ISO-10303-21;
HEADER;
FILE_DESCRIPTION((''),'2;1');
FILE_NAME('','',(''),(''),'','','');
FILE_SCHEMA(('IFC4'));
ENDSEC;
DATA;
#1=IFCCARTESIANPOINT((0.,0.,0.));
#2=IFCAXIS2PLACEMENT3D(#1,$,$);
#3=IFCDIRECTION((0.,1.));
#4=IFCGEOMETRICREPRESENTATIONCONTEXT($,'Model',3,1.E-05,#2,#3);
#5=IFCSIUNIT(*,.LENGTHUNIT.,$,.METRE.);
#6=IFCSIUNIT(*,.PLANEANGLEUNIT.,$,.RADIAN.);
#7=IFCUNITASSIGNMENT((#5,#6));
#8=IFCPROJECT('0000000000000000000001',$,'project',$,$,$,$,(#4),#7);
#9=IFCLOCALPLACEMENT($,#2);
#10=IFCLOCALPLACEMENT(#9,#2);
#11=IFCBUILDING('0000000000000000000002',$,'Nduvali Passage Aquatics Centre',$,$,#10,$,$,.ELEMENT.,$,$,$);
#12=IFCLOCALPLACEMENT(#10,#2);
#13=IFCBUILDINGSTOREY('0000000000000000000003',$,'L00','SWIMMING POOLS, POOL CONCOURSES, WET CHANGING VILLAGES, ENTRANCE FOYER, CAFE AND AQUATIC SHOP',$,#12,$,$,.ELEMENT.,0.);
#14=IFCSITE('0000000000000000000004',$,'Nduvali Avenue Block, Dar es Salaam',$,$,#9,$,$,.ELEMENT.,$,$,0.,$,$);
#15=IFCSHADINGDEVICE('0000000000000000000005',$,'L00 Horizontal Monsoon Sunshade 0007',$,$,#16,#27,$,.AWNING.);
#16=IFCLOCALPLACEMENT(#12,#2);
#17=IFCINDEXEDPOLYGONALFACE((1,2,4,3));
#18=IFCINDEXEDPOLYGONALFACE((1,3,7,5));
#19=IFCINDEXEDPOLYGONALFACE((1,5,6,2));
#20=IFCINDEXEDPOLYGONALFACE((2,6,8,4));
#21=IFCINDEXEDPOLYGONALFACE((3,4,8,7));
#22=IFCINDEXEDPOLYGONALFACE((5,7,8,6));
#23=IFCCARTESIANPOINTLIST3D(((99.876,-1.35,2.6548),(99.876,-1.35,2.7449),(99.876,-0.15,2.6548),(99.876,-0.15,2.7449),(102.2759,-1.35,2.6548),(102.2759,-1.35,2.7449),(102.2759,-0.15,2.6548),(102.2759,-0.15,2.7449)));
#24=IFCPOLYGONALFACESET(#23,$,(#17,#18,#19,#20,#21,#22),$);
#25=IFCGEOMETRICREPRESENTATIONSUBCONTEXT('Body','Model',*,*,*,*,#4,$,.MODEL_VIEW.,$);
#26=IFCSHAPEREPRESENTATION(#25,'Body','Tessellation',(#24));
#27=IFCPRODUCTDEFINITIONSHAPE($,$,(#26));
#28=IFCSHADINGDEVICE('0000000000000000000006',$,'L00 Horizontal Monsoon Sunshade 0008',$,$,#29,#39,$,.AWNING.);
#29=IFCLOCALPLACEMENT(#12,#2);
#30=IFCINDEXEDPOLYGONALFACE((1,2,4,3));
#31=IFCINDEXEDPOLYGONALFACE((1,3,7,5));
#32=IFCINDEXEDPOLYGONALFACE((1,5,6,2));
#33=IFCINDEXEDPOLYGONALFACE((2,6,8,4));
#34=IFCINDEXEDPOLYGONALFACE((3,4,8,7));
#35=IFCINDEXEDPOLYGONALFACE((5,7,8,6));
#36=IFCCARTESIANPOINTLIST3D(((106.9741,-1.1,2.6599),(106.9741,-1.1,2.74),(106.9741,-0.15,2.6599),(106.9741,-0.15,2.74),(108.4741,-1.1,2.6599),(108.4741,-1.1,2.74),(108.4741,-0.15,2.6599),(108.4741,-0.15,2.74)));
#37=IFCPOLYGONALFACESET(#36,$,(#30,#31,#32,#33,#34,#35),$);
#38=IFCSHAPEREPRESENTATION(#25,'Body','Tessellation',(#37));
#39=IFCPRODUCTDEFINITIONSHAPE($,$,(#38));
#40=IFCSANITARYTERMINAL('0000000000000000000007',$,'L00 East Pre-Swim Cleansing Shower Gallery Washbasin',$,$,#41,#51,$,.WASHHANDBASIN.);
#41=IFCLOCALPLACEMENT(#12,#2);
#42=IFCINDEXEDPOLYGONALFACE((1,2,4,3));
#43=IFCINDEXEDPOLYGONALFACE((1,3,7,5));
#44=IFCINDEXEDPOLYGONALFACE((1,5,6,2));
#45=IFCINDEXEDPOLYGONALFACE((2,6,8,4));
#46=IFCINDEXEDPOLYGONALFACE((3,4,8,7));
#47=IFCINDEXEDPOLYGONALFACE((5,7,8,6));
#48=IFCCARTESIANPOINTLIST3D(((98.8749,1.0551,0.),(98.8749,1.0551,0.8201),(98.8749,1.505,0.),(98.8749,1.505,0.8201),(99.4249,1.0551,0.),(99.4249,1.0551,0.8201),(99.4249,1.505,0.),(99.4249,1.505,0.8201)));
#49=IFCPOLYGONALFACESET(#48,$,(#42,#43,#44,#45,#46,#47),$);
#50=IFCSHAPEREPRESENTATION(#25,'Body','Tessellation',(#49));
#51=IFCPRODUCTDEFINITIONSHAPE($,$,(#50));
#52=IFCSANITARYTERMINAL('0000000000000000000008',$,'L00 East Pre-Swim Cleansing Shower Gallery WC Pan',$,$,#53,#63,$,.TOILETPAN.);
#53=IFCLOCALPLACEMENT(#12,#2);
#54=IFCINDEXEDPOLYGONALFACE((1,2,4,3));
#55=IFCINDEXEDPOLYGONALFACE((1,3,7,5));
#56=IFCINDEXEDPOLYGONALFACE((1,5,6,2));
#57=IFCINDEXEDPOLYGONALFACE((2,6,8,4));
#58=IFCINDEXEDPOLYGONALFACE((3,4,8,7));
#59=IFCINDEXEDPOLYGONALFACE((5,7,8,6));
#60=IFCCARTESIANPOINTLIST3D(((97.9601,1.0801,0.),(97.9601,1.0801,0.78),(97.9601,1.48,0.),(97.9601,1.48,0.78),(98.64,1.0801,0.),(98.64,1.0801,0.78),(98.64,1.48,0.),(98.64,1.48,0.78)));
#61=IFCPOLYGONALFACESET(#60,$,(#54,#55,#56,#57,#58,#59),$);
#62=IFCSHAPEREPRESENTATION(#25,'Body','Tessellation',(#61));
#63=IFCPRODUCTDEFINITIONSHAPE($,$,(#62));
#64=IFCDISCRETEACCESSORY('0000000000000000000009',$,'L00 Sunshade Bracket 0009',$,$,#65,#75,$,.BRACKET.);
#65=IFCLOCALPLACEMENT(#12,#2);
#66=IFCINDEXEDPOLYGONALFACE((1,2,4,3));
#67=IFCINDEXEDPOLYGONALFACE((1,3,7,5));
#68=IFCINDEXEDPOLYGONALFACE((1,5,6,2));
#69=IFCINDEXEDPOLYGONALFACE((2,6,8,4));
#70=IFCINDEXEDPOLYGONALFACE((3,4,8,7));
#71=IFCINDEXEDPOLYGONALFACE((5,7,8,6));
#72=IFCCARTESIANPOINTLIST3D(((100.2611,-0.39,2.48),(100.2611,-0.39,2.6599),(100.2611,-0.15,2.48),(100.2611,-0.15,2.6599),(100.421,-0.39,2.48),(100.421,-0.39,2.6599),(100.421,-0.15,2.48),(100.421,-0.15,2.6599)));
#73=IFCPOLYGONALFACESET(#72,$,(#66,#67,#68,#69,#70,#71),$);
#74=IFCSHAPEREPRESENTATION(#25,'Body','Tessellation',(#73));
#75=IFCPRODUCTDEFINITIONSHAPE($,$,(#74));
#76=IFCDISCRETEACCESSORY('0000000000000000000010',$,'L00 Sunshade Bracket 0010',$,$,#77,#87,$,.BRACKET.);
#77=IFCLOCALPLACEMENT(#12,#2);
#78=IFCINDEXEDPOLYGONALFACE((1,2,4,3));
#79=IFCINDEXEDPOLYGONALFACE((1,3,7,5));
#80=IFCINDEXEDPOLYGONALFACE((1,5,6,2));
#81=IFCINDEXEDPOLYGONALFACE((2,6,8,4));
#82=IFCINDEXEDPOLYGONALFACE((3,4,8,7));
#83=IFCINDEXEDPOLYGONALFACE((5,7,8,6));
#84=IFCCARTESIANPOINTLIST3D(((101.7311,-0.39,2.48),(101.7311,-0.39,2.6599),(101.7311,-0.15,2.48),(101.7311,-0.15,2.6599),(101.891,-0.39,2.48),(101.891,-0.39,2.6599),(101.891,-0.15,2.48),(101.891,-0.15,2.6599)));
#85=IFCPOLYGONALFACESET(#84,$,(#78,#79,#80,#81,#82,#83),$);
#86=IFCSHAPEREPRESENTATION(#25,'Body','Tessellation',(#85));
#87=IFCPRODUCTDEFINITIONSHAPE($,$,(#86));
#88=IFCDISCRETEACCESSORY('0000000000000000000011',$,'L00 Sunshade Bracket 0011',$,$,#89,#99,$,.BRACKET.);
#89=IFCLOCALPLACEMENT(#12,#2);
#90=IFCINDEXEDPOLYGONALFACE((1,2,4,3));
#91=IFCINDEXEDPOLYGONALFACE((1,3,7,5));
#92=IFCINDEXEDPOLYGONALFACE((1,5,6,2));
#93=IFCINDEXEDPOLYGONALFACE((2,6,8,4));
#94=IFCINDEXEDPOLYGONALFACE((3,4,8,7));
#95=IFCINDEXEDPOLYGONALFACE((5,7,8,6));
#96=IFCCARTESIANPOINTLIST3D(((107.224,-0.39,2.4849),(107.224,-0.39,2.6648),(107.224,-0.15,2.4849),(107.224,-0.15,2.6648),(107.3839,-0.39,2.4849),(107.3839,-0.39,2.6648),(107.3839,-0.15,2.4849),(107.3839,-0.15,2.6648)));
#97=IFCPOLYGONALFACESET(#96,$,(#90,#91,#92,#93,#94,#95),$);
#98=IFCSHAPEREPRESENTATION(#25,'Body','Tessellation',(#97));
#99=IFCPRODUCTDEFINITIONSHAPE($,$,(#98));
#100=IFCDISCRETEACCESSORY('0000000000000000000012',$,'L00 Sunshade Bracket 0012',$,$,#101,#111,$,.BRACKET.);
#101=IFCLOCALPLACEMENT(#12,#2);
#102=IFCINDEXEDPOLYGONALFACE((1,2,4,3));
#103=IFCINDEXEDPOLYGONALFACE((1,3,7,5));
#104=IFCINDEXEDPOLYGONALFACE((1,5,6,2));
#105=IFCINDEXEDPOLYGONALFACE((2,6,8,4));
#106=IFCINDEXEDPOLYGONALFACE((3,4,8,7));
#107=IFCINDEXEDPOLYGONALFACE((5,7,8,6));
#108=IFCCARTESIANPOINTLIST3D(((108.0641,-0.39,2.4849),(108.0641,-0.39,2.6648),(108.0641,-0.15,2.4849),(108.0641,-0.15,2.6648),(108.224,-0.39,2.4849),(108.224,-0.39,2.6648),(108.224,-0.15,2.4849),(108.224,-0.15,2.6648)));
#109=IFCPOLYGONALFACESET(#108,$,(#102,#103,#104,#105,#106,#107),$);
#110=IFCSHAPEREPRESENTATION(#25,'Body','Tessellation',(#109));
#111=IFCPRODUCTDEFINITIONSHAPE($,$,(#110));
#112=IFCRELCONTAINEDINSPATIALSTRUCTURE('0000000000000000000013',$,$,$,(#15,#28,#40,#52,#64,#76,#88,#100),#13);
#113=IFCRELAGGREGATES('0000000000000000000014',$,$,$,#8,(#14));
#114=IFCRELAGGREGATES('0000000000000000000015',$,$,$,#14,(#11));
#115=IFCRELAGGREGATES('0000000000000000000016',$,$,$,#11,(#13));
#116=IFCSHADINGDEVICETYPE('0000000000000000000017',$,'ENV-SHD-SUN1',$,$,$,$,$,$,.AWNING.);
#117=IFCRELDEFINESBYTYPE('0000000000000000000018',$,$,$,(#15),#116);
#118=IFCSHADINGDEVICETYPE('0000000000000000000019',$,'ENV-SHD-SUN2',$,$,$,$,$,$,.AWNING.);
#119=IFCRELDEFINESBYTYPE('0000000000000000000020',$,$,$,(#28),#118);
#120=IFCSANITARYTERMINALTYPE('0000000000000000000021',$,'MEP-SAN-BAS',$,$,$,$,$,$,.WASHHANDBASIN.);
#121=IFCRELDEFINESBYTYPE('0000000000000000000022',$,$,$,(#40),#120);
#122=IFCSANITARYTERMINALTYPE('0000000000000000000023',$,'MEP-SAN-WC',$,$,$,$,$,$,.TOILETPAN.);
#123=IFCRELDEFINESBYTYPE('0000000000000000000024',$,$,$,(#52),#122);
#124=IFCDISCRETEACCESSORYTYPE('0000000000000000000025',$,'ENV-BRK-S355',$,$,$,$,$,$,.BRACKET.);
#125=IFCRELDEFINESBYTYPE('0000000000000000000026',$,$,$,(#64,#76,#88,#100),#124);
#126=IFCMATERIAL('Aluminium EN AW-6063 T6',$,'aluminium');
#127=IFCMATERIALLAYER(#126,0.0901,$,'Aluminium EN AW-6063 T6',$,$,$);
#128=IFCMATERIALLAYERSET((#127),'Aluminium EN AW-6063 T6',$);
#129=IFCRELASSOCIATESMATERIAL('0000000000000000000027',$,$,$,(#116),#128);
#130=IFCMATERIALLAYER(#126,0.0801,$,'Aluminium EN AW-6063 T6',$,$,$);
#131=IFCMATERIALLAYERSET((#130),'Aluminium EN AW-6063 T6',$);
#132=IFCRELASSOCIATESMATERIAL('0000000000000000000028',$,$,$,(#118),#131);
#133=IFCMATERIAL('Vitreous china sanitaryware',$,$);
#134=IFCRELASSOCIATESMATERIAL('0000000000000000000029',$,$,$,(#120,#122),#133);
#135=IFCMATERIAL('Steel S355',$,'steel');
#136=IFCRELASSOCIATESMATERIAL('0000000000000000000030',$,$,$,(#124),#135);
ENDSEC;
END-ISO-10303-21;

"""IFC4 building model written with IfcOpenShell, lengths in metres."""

from ifc_helpers import new_model, si_unit, direction, frame, origin, origin_2d, place, context, subcontext, project, spatial, rectangle, extrude, material, layer, layer_set, type_object, element, save


model = new_model("IFC4")

# Units and contexts
model_context = context("Model", 3, precision=1e-05, world=origin(), true_north=direction((0.0, 1.0)))
body_context = subcontext(model_context, "Body", "Model", "MODEL_VIEW")
ifc_project = project(units=[si_unit("LENGTHUNIT", "METRE"), si_unit("PLANEANGLEUNIT", "RADIAN")], contexts=[model_context])

# Site, building, storey
site_placement = place(None, origin())
site = spatial("IfcSite", under=ifc_project, at=site_placement, Name="Nduvali Avenue Block, Dar es Salaam", CompositionType="ELEMENT", RefElevation=0.0)
building_placement = place(site_placement, origin())
building = spatial("IfcBuilding", under=site, at=building_placement, Name="Nduvali Passage Aquatics Centre", CompositionType="ELEMENT")
storey_placement = place(building_placement, origin())
storey = spatial("IfcBuildingStorey", under=building, at=storey_placement, Name="L00", Description="SWIMMING POOLS, POOL CONCOURSES, WET CHANGING VILLAGES, ENTRANCE FOYER, CAFE AND AQUATIC SHOP", CompositionType="ELEMENT", Elevation=0.0)

# Shared definitions
ifc_material_1 = material(Name="Steel S355", Category="steel")

# Shading devices
ifc_material_2 = material(Name="Aluminium EN AW-6063 T6", Category="aluminium")
ifc_layer_1 = layer(ifc_material_2, 0.0901, Name="Aluminium EN AW-6063 T6")
ifc_layer_set_1 = layer_set([ifc_layer_1], Name="Aluminium EN AW-6063 T6")
shading_device_type_1 = type_object("IfcShadingDeviceType", Name="ENV-SHD-SUN1", PredefinedType="AWNING", material=ifc_layer_set_1)
shading_device_1_placement = place(storey_placement, frame((101.0759, -0.75, 2.6548), z_axis=(0.0, 0.0, 1.0), x_axis=(1.0, 0.0, 0.0)))
element("IfcShadingDevice", 1, at=shading_device_1_placement, inside=storey, type_object=shading_device_type_1, Name="L00 Horizontal Monsoon Sunshade 0007", PredefinedType="AWNING", context=body_context, shape_type="SweptSolid", body=[
    extrude(rectangle(XDim=2.3999, YDim=1.2, at=origin_2d()), origin(), (0.0, 0.0, 1.0), 0.0901),
])
ifc_layer_2 = layer(ifc_material_2, 0.0801, Name="Aluminium EN AW-6063 T6")
ifc_layer_set_2 = layer_set([ifc_layer_2], Name="Aluminium EN AW-6063 T6")
shading_device_type_2 = type_object("IfcShadingDeviceType", Name="ENV-SHD-SUN2", PredefinedType="AWNING", material=ifc_layer_set_2)
shading_device_2_placement = place(storey_placement, frame((107.7241, -0.625, 2.6599), z_axis=(0.0, 0.0, 1.0), x_axis=(1.0, 0.0, 0.0)))
element("IfcShadingDevice", 2, at=shading_device_2_placement, inside=storey, type_object=shading_device_type_2, Name="L00 Horizontal Monsoon Sunshade 0008", PredefinedType="AWNING", context=body_context, shape_type="SweptSolid", body=[
    extrude(rectangle(XDim=1.5, YDim=0.95, at=origin_2d()), origin(), (0.0, 0.0, 1.0), 0.0801),
])

# Sanitary terminals
ifc_material_3 = material(Name="Vitreous china sanitaryware")
sanitary_terminal_type_1 = type_object("IfcSanitaryTerminalType", Name="MEP-SAN-BAS", PredefinedType="WASHHANDBASIN", material=ifc_material_3)
sanitary_terminal_1_placement = place(storey_placement, frame((99.1499, 1.28, 0.0), z_axis=(0.0, 0.0, 1.0), x_axis=(1.0, 0.0, 0.0)))
element("IfcSanitaryTerminal", 3, at=sanitary_terminal_1_placement, inside=storey, type_object=sanitary_terminal_type_1, Name="L00 East Pre-Swim Cleansing Shower Gallery Washbasin", PredefinedType="WASHHANDBASIN", context=body_context, shape_type="SweptSolid", body=[
    extrude(rectangle(XDim=0.55, YDim=0.45, at=origin_2d()), origin(), (0.0, 0.0, 1.0), 0.8201),
])
sanitary_terminal_type_2 = type_object("IfcSanitaryTerminalType", Name="MEP-SAN-WC", PredefinedType="TOILETPAN", material=ifc_material_3)
sanitary_terminal_2_placement = place(storey_placement, frame((98.3, 1.28, 0.0), z_axis=(0.0, 0.0, 1.0), x_axis=(1.0, 0.0, 0.0)))
element("IfcSanitaryTerminal", 4, at=sanitary_terminal_2_placement, inside=storey, type_object=sanitary_terminal_type_2, Name="L00 East Pre-Swim Cleansing Shower Gallery WC Pan", PredefinedType="TOILETPAN", context=body_context, shape_type="SweptSolid", body=[
    extrude(rectangle(XDim=0.6799, YDim=0.3999, at=origin_2d()), origin(), (0.0, 0.0, 1.0), 0.78),
])

# Discrete accessories
discrete_accessory_type = type_object("IfcDiscreteAccessoryType", Name="ENV-BRK-S355", PredefinedType="BRACKET", material=ifc_material_1)
for number, where, z_axis, x_axis, name in (
    (5, (100.3411, -0.27, 2.48), (0.0, 0.0, 1.0), (1.0, 0.0, 0.0), "L00 Sunshade Bracket 0009"),
    (6, (101.811, -0.27, 2.48), (0.0, 0.0, 1.0), (1.0, 0.0, 0.0), "L00 Sunshade Bracket 0010"),
    (7, (107.304, -0.27, 2.4849), (0.0, 0.0, 1.0), (1.0, 0.0, 0.0), "L00 Sunshade Bracket 0011"),
    (8, (108.144, -0.27, 2.4849), (0.0, 0.0, 1.0), (1.0, 0.0, 0.0), "L00 Sunshade Bracket 0012"),
):
    element("IfcDiscreteAccessory", number, at=place(storey_placement, frame(where, z_axis=z_axis, x_axis=x_axis)), inside=storey, type_object=discrete_accessory_type, Name=name, PredefinedType="BRACKET", context=body_context, shape_type="SweptSolid", body=[
        extrude(rectangle(XDim=0.1599, YDim=0.24, at=origin_2d()), origin(), (0.0, 0.0, 1.0), 0.1799),
    ])

save(model, "model.ifc")
